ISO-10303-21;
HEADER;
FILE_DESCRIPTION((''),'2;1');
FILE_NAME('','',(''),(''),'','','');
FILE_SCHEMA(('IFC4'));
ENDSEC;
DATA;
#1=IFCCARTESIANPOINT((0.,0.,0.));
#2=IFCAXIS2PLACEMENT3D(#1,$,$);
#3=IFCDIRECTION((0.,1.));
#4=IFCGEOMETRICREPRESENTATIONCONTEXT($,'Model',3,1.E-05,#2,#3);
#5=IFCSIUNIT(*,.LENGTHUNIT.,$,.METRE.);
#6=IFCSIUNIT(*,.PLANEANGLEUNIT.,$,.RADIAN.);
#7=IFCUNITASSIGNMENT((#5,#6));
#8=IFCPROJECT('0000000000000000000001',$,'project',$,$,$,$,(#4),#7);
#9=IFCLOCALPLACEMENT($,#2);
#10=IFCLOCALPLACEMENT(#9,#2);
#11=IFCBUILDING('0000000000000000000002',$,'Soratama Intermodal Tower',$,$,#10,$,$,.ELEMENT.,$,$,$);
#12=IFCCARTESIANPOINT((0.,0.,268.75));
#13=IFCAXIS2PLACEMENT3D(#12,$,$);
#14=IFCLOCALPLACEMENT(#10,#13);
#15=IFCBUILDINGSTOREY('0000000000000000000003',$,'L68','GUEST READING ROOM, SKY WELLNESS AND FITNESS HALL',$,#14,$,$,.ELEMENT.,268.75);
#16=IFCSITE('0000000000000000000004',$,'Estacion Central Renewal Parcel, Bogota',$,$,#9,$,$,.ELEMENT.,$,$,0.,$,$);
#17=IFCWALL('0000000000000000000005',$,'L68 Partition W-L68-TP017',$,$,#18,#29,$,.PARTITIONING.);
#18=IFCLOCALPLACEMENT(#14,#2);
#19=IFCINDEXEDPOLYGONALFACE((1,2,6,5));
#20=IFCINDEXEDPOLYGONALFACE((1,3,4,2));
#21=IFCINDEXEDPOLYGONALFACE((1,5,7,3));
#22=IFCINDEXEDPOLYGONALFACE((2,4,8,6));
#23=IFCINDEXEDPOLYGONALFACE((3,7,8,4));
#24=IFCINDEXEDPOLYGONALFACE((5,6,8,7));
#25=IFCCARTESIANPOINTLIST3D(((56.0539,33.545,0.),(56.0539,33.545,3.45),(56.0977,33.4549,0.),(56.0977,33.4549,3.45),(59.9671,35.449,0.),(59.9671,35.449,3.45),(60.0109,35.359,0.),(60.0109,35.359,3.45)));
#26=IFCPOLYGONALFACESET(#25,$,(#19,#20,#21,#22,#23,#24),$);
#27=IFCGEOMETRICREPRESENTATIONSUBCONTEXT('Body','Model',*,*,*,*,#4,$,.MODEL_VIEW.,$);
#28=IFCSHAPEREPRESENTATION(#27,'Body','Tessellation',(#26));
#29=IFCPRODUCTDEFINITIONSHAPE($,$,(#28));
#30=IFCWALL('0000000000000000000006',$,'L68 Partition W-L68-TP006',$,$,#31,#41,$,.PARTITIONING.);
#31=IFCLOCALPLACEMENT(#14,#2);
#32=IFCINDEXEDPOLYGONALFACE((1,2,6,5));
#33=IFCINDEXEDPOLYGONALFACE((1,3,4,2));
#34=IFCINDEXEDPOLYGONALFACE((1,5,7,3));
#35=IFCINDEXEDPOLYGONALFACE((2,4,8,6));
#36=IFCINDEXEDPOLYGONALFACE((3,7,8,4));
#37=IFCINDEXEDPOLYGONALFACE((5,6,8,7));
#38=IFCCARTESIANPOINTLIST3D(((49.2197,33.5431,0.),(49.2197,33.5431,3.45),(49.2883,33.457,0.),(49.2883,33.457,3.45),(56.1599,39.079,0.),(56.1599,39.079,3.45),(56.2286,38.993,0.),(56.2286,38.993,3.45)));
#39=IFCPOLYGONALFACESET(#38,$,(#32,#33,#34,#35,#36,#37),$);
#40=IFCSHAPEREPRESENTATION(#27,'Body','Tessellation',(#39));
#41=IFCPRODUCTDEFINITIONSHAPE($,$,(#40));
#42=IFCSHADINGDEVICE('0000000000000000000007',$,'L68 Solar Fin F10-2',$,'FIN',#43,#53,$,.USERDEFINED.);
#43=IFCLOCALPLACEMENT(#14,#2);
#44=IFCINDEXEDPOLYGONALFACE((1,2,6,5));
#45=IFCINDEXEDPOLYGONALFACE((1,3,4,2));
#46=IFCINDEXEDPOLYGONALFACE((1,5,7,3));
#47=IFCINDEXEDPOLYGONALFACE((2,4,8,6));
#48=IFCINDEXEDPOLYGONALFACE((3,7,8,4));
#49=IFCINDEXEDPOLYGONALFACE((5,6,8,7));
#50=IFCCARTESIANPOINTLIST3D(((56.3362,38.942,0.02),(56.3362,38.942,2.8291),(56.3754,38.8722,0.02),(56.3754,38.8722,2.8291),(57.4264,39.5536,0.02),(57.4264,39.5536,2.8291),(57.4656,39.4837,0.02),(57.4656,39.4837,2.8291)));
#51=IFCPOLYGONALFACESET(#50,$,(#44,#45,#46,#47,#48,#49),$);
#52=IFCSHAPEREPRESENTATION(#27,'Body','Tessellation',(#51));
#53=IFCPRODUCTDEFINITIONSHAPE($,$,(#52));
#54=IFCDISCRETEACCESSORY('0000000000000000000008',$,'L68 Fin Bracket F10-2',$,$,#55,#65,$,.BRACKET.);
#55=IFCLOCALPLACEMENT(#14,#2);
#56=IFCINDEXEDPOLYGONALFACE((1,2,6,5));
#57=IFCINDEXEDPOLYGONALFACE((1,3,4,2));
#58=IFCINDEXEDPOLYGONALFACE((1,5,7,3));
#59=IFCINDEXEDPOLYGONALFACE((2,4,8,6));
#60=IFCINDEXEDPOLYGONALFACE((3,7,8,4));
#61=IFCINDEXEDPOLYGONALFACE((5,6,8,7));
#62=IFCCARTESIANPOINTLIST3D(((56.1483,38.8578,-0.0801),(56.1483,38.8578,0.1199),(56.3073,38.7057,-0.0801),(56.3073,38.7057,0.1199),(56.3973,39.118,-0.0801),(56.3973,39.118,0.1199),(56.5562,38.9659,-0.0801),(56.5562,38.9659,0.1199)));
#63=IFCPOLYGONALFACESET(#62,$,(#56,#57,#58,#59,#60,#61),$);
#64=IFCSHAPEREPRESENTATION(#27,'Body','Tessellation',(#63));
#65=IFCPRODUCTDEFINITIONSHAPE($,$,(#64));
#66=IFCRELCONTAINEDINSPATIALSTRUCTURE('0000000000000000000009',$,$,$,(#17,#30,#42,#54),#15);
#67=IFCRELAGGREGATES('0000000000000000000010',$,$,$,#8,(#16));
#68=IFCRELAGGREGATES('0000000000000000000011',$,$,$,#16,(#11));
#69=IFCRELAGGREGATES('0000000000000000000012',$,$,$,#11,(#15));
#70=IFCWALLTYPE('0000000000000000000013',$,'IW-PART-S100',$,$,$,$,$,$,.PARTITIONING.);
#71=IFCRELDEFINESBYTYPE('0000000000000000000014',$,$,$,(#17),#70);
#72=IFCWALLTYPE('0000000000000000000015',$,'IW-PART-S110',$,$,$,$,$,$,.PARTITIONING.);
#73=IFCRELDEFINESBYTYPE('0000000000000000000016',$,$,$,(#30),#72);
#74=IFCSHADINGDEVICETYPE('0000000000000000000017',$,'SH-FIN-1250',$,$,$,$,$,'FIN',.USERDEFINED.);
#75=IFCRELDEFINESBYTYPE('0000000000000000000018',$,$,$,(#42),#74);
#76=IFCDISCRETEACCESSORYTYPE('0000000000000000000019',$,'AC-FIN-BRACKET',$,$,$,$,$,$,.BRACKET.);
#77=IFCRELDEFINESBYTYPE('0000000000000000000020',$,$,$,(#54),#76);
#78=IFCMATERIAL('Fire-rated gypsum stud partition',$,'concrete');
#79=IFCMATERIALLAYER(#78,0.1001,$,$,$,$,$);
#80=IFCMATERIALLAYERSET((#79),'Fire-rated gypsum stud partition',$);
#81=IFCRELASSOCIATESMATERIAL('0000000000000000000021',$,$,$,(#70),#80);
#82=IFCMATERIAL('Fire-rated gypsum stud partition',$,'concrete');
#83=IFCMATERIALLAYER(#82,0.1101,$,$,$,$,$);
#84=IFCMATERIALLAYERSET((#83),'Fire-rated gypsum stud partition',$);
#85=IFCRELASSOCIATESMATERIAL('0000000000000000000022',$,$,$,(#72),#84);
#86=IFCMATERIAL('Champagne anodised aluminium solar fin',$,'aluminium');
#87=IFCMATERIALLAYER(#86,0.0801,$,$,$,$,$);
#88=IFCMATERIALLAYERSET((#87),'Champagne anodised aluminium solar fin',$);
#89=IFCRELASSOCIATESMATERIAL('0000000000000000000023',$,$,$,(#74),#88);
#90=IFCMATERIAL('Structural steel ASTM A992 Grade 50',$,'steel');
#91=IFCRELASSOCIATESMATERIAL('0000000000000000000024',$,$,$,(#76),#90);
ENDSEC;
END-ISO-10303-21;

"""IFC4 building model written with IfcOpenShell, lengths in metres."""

from ifc_helpers import new_model, si_unit, direction, frame, frame_2d, origin, origin_2d, place, context, subcontext, project, spatial, rectangle, extrude, material, layer, layer_set, type_object, element, save


model = new_model("IFC4")

# Units and contexts
model_context = context("Model", 3, precision=1e-05, world=origin(), true_north=direction((0.0, 1.0)))
body_context = subcontext(model_context, "Body", "Model", "MODEL_VIEW")
ifc_project = project(units=[si_unit("LENGTHUNIT", "METRE"), si_unit("PLANEANGLEUNIT", "RADIAN")], contexts=[model_context])

# Site, building, storey
site_placement = place(None, origin())
site = spatial("IfcSite", under=ifc_project, at=site_placement, Name="Estacion Central Renewal Parcel, Bogota", CompositionType="ELEMENT", RefElevation=0.0)
building_placement = place(site_placement, origin())
building = spatial("IfcBuilding", under=site, at=building_placement, Name="Soratama Intermodal Tower", CompositionType="ELEMENT")
storey_placement = place(building_placement, frame((0.0, 0.0, 268.75)))
storey = spatial("IfcBuildingStorey", under=building, at=storey_placement, Name="L68", Description="GUEST READING ROOM, SKY WELLNESS AND FITNESS HALL", CompositionType="ELEMENT", Elevation=268.75)

# Walls
ifc_material_1 = material(Name="Fire-rated gypsum stud partition", Category="concrete")
ifc_layer_1 = layer(ifc_material_1, 0.1001)
ifc_layer_set_1 = layer_set([ifc_layer_1], Name="Fire-rated gypsum stud partition")
wall_type_1 = type_object("IfcWallType", Name="IW-PART-S100", PredefinedType="PARTITIONING", material=ifc_layer_set_1)
wall_1_placement = place(storey_placement, frame((56.0759, 33.5, 0.0), z_axis=(0.0, 0.0, 1.0), x_axis=(0.8992, 0.437538, 0.0)))
element("IfcWall", 1, at=wall_1_placement, inside=storey, type_object=wall_type_1, Name="L68 Partition W-L68-TP017", PredefinedType="PARTITIONING", context=body_context, shape_type="SweptSolid", body=[
    extrude(rectangle(XDim=4.3518, YDim=0.1001, at=frame_2d((2.1758, 0.0))), origin(), (0.0, 0.0, 1.0), 3.45),
])
ifc_material_2 = material(Name="Fire-rated gypsum stud partition", Category="concrete")
ifc_layer_2 = layer(ifc_material_2, 0.1101)
ifc_layer_set_2 = layer_set([ifc_layer_2], Name="Fire-rated gypsum stud partition")
wall_type_2 = type_object("IfcWallType", Name="IW-PART-S110", PredefinedType="PARTITIONING", material=ifc_layer_set_2)
wall_2_placement = place(storey_placement, frame((49.2539, 33.5, 0.0), z_axis=(0.0, 0.0, 1.0), x_axis=(0.781761, 0.623578, 0.0)))
element("IfcWall", 2, at=wall_2_placement, inside=storey, type_object=wall_type_2, Name="L68 Partition W-L68-TP006", PredefinedType="PARTITIONING", context=body_context, shape_type="SweptSolid", body=[
    extrude(rectangle(XDim=8.8777, YDim=0.1101, at=frame_2d((4.439, 0.0))), origin(), (0.0, 0.0, 1.0), 3.45),
])

# Shading device
ifc_material_3 = material(Name="Champagne anodised aluminium solar fin", Category="aluminium")
ifc_layer_3 = layer(ifc_material_3, 0.0801)
ifc_layer_set_3 = layer_set([ifc_layer_3], Name="Champagne anodised aluminium solar fin")
shading_device_type = type_object("IfcShadingDeviceType", Name="SH-FIN-1250", ElementType="FIN", PredefinedType="USERDEFINED", material=ifc_layer_set_3)
shading_device_placement = place(storey_placement, frame((56.9009, 39.2129, 0.02), z_axis=(0.0, 0.0, 1.0), x_axis=(0.872155, 0.48923, 0.0)))
element("IfcShadingDevice", 3, at=shading_device_placement, inside=storey, type_object=shading_device_type, Name="L68 Solar Fin F10-2", ObjectType="FIN", PredefinedType="USERDEFINED", context=body_context, shape_type="SweptSolid", body=[
    extrude(rectangle(XDim=1.25, YDim=0.0801, at=origin_2d()), origin(), (0.0, 0.0, 1.0), 2.8091),
])

# Discrete accessory
ifc_material_4 = material(Name="Structural steel ASTM A992 Grade 50", Category="steel")
discrete_accessory_type = type_object("IfcDiscreteAccessoryType", Name="AC-FIN-BRACKET", PredefinedType="BRACKET", material=ifc_material_4)
discrete_accessory_placement = place(storey_placement, frame((56.3523, 38.9119, -0.0801), z_axis=(0.0, 0.0, 1.0), x_axis=(0.691387, 0.722485, 0.0)))
element("IfcDiscreteAccessory", 4, at=discrete_accessory_placement, inside=storey, type_object=discrete_accessory_type, Name="L68 Fin Bracket F10-2", PredefinedType="BRACKET", context=body_context, shape_type="SweptSolid", body=[
    extrude(rectangle(XDim=0.3601, YDim=0.22, at=origin_2d()), origin(), (0.0, 0.0, 1.0), 0.2),
])

save(model, "model.ifc")
